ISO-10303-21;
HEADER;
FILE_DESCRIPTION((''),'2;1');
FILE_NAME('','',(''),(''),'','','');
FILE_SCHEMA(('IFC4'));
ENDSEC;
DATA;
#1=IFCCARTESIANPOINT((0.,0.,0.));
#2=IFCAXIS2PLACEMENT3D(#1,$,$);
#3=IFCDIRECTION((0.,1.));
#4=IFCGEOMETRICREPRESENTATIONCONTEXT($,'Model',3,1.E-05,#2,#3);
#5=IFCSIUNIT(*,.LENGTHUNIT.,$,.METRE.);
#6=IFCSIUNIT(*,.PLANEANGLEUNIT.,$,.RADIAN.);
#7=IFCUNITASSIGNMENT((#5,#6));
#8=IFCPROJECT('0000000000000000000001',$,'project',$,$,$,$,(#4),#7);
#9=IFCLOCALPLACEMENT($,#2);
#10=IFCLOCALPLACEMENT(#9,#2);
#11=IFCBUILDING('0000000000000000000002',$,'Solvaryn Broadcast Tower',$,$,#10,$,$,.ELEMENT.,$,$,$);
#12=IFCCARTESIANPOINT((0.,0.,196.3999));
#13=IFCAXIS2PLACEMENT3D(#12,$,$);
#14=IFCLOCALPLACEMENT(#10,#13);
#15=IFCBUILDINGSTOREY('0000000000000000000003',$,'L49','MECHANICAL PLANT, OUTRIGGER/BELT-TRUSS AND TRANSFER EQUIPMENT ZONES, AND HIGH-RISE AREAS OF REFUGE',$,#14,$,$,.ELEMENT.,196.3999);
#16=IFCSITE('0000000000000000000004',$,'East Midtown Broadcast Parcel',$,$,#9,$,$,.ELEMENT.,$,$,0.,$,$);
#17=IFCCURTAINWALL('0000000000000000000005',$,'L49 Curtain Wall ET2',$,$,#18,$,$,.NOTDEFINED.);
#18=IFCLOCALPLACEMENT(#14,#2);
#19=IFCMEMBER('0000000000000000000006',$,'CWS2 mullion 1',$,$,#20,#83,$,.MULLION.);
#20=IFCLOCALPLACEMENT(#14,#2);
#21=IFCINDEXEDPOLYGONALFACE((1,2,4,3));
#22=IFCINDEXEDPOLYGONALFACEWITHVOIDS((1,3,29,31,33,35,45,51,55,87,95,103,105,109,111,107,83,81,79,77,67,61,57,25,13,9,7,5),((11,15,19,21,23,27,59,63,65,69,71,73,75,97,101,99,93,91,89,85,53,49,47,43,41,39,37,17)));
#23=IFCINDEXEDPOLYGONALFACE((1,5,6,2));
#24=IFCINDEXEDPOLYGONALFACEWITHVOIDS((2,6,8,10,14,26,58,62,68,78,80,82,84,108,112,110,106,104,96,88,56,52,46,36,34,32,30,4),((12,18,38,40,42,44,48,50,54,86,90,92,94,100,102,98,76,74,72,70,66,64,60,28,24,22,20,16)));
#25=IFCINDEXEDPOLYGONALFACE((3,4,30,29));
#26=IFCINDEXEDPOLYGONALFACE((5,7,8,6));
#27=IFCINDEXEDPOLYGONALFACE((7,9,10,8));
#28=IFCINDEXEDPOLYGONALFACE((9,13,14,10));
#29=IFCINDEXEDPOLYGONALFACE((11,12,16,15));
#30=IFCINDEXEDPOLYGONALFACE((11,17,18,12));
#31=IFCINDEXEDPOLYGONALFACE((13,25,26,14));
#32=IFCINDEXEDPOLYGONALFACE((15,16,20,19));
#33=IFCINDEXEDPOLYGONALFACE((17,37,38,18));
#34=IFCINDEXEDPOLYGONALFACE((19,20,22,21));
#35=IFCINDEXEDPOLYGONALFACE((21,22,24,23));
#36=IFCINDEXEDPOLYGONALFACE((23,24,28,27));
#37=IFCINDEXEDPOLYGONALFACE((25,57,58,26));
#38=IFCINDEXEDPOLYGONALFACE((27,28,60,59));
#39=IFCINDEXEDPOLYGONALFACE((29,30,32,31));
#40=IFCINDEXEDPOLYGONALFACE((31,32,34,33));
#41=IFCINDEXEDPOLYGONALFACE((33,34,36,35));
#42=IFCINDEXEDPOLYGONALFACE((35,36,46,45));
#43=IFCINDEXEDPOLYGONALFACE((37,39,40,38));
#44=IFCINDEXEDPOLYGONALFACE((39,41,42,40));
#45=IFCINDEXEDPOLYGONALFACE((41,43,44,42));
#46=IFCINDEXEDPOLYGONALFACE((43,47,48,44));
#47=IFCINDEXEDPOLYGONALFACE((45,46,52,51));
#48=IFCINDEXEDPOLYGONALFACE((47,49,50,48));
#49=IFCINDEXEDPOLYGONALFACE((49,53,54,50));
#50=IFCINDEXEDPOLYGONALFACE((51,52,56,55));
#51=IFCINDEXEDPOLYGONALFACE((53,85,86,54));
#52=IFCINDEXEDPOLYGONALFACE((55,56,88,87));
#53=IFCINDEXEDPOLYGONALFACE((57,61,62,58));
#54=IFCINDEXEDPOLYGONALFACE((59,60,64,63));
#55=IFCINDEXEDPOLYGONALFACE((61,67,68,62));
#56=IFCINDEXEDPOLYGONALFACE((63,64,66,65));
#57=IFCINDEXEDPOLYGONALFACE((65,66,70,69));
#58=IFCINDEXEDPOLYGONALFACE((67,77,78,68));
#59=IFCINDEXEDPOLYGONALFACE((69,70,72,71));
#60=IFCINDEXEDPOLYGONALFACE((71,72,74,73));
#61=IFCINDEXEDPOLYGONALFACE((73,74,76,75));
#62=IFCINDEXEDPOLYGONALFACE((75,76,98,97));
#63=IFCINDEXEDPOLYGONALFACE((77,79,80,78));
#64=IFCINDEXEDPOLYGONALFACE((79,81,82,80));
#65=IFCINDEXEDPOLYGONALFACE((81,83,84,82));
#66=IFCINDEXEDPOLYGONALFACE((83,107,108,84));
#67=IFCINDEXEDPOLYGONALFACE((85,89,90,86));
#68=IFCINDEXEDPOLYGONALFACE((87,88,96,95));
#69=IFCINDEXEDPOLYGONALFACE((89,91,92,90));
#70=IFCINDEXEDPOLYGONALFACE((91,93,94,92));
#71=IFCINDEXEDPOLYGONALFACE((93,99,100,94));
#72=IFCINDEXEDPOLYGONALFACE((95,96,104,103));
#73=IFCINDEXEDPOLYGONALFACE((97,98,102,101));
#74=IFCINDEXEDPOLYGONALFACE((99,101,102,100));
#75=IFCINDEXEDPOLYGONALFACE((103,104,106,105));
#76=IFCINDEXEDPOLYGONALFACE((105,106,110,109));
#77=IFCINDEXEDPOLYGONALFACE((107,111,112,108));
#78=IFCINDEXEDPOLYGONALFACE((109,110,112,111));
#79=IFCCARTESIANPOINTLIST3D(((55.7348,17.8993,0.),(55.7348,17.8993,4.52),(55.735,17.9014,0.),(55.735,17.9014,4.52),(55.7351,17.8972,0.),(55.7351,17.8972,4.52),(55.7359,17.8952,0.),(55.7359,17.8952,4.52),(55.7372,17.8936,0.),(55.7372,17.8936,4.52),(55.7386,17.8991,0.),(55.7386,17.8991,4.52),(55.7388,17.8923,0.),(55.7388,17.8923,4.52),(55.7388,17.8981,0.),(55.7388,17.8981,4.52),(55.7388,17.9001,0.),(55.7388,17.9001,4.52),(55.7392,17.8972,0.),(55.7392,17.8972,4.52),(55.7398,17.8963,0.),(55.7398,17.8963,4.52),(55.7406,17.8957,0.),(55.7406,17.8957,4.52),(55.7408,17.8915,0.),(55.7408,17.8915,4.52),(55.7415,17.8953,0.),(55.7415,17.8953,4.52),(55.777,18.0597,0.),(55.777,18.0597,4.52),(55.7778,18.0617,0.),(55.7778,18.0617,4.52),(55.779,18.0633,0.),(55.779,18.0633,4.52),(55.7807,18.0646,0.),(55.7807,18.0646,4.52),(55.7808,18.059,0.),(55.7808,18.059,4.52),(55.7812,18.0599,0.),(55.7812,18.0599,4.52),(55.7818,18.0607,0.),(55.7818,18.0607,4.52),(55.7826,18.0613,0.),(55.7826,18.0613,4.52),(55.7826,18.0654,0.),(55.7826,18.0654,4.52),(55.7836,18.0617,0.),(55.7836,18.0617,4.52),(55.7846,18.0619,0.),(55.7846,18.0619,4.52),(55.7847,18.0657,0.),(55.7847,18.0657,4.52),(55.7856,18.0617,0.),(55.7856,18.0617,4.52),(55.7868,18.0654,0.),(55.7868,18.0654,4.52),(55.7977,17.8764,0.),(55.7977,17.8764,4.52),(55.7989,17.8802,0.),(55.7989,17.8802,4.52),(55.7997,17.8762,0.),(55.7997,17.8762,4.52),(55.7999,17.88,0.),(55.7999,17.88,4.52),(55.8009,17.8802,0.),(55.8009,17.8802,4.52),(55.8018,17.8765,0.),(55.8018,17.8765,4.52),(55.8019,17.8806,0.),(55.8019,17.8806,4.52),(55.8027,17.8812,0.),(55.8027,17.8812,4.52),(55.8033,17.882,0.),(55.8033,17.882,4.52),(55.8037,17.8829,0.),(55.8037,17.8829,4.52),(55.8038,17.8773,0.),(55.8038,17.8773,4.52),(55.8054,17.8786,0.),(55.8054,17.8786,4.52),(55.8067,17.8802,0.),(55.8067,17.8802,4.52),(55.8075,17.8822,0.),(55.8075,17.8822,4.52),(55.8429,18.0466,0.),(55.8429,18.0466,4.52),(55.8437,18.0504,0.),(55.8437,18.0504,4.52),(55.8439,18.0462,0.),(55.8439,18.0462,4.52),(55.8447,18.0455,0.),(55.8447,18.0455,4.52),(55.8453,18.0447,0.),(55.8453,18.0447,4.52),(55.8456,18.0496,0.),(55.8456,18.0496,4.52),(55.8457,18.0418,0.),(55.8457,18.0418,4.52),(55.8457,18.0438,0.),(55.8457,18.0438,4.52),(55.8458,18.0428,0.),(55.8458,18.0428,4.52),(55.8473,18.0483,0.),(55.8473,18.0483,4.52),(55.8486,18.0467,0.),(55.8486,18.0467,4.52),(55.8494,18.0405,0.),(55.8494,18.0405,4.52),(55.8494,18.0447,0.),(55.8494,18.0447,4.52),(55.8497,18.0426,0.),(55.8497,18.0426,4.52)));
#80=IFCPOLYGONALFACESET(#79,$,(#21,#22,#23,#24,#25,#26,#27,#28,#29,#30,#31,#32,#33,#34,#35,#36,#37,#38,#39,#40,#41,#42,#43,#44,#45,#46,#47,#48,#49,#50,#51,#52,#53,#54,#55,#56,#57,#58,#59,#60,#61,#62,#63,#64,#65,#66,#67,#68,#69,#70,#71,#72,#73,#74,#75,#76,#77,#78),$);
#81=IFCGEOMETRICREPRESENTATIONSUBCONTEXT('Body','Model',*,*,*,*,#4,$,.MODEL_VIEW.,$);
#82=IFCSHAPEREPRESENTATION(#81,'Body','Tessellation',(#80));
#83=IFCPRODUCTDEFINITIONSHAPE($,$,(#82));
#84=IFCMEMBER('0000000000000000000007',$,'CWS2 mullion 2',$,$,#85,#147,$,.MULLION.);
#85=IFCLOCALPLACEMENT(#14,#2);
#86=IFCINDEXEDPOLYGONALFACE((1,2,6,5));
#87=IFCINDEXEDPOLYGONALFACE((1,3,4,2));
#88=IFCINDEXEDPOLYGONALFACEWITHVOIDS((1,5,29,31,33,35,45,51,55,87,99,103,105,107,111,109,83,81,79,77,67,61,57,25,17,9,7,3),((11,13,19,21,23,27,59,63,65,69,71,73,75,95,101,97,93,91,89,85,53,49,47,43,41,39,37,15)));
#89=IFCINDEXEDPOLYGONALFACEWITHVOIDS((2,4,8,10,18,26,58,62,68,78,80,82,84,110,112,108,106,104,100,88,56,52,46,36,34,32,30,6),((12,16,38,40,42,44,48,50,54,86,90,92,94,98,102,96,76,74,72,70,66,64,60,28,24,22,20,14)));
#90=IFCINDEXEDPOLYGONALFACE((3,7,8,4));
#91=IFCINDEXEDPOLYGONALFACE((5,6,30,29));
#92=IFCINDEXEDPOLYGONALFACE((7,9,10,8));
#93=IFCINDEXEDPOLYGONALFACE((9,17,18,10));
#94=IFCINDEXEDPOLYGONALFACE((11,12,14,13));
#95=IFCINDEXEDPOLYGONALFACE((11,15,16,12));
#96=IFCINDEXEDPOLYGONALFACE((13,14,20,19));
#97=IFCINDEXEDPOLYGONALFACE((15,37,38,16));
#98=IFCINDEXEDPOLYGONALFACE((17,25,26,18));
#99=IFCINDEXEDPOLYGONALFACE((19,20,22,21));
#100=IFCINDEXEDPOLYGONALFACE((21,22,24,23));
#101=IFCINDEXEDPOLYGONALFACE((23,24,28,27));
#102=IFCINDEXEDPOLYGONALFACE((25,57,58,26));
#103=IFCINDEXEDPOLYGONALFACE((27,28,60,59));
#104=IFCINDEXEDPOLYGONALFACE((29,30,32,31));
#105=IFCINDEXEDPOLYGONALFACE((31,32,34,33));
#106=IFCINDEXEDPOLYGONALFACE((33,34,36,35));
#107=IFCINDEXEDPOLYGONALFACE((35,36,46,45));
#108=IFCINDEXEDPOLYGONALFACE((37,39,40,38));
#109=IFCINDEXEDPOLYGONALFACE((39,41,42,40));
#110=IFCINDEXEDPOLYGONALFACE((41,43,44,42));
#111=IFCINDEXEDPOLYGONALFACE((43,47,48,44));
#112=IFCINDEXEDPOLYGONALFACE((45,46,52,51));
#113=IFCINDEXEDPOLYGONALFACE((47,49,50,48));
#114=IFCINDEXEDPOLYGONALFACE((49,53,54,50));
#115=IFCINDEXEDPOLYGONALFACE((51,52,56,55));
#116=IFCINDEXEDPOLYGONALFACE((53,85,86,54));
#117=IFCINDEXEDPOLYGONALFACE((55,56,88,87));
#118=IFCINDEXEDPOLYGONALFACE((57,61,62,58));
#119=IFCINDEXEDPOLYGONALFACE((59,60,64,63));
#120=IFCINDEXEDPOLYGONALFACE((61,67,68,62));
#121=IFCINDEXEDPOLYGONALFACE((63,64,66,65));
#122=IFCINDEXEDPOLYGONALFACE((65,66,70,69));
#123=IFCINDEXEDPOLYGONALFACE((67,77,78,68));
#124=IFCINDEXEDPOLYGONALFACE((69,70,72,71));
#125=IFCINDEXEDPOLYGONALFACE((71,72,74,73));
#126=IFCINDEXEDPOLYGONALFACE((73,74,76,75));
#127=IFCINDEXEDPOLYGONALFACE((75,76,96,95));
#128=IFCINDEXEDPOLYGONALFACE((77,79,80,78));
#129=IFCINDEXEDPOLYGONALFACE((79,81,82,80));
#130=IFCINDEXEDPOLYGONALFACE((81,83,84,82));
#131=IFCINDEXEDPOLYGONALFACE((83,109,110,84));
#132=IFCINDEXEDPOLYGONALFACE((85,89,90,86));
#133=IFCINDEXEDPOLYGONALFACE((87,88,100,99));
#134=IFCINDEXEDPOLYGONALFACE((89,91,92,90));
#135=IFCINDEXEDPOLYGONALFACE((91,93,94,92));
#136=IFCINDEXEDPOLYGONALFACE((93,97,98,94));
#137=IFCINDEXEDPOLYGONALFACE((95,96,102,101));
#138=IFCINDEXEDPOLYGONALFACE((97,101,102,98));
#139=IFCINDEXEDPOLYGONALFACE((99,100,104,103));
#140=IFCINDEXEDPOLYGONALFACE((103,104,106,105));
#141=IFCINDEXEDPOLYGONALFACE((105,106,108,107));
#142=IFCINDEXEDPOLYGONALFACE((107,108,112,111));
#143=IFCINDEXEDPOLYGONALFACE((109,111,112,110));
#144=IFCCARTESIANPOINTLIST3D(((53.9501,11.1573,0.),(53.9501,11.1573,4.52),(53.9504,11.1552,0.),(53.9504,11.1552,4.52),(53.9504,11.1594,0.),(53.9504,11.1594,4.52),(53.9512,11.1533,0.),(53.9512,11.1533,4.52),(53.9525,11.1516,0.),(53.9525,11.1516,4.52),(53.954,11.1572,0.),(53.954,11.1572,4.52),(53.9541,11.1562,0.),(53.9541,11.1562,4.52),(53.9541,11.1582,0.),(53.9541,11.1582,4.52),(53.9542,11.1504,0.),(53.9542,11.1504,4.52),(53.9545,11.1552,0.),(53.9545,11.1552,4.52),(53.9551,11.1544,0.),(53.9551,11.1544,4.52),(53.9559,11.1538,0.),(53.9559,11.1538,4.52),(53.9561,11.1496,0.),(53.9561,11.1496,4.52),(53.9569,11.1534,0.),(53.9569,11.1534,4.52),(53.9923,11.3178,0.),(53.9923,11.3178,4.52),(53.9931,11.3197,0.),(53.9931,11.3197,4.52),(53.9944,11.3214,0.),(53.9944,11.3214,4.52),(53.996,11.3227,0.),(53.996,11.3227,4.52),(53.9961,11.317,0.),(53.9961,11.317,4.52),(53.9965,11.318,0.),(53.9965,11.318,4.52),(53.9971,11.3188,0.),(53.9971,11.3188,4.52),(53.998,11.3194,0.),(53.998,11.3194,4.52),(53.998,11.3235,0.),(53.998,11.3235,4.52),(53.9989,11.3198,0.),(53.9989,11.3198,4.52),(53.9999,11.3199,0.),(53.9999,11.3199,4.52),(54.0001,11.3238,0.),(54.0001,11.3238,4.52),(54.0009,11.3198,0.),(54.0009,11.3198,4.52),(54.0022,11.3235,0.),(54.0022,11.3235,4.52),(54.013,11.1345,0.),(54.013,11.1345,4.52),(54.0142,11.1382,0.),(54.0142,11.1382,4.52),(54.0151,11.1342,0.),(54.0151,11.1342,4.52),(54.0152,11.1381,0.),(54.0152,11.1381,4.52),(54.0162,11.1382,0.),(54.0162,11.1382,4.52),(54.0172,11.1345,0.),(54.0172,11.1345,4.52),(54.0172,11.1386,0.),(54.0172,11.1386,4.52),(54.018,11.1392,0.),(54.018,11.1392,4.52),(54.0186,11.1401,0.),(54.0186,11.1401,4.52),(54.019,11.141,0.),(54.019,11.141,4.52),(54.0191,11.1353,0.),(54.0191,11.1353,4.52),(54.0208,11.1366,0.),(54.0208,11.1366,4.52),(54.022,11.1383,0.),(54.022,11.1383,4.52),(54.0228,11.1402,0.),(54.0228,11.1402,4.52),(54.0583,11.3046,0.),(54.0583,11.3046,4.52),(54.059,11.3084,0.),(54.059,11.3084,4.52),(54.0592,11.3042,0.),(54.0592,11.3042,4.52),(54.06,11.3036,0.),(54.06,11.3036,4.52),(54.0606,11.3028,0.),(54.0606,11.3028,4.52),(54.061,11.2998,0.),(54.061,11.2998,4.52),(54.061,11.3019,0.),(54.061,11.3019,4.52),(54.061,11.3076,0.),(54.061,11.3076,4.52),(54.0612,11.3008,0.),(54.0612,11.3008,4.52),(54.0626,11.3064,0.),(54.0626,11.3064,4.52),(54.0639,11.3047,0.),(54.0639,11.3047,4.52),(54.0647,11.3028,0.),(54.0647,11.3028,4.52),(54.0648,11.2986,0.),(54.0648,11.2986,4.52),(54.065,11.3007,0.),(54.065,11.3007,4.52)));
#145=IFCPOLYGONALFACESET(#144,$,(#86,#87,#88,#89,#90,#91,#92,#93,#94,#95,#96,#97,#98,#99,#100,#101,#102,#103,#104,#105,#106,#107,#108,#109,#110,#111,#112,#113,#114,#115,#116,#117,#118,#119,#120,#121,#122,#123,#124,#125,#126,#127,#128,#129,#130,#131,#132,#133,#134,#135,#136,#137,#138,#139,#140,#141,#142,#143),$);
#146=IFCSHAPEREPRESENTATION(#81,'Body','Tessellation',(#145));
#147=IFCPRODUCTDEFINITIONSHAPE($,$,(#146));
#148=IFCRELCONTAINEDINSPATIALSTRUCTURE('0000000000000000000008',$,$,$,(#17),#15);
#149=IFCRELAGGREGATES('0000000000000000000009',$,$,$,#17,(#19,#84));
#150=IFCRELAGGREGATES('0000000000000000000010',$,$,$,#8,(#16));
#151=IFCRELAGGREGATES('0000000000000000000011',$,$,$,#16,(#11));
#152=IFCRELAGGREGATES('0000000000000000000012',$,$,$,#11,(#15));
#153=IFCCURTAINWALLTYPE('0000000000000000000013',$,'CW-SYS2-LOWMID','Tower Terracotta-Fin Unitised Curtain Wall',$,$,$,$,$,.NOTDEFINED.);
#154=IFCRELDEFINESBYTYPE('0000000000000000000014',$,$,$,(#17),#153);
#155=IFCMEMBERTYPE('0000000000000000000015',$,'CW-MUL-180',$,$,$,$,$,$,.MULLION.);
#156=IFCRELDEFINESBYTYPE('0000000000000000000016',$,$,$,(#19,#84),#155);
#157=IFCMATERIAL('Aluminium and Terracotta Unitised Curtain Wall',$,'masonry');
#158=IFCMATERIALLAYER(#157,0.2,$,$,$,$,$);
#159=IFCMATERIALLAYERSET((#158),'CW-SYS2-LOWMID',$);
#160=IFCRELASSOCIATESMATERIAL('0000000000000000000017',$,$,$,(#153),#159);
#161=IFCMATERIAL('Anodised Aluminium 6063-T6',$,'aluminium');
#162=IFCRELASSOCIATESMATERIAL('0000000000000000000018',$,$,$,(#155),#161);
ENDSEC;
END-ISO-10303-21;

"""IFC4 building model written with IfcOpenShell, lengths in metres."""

from ifc_helpers import new_model, si_unit, direction, frame, origin, origin_2d, place, context, subcontext, project, spatial, hollow_rectangle, extrude, material, layer, layer_set, material_profile, profile_set, type_object, element, aggregate, save


model = new_model("IFC4")

# Units and contexts
model_context = context("Model", 3, precision=1e-05, world=origin(), true_north=direction((0.0, 1.0)))
body_context = subcontext(model_context, "Body", "Model", "MODEL_VIEW")
ifc_project = project(units=[si_unit("LENGTHUNIT", "METRE"), si_unit("PLANEANGLEUNIT", "RADIAN")], contexts=[model_context])

# Site, building, storey
site_placement = place(None, origin())
site = spatial("IfcSite", under=ifc_project, at=site_placement, Name="East Midtown Broadcast Parcel", CompositionType="ELEMENT", RefElevation=0.0)
building_placement = place(site_placement, origin())
building = spatial("IfcBuilding", under=site, at=building_placement, Name="Solvaryn Broadcast Tower", CompositionType="ELEMENT")
storey_placement = place(building_placement, frame((0.0, 0.0, 196.3999)))
storey = spatial("IfcBuildingStorey", under=building, at=storey_placement, Name="L49", Description="MECHANICAL PLANT, OUTRIGGER/BELT-TRUSS AND TRANSFER EQUIPMENT ZONES, AND HIGH-RISE AREAS OF REFUGE", CompositionType="ELEMENT", Elevation=196.3999)

# Shared definitions
ifc_material_1 = material(Name="Aluminium and Terracotta Unitised Curtain Wall", Category="masonry")
ifc_layer_1 = layer(ifc_material_1, 0.2)
ifc_layer_set_1 = layer_set([ifc_layer_1], Name="CW-SYS2-LOWMID")
curtain_wall_type = type_object("IfcCurtainWallType", Name="CW-SYS2-LOWMID", Description="Tower Terracotta-Fin Unitised Curtain Wall", PredefinedType="NOTDEFINED", material=ifc_layer_set_1)
ifc_material_2 = material(Name="Anodised Aluminium 6063-T6", Category="aluminium")
ifc_material_profile_1 = material_profile(ifc_material_2, hollow_rectangle(XDim=0.075, YDim=0.1799, WallThickness=0.0039, InnerFilletRadius=0.0039, OuterFilletRadius=0.0081, at=origin_2d()))
ifc_profile_set_1 = profile_set([ifc_material_profile_1], Name="Anodised Aluminium 6063-T6")
member_type_1 = type_object("IfcMemberType", Name="CW-MUL-180", PredefinedType="MULLION", material=ifc_profile_set_1)

# Curtain wall, members
curtain_wall_1_placement = place(storey_placement, origin())
curtain_wall_1 = element("IfcCurtainWall", 1, at=curtain_wall_1_placement, inside=storey, type_object=curtain_wall_type, Name="L49 Curtain Wall ET2", PredefinedType="NOTDEFINED")
member_1_placement = place(storey_placement, frame((55.7922, 17.9709, 0.0), z_axis=(0.0, 0.0, 1.0), x_axis=(0.966705, -0.255893, 0.0)))
member_1 = element("IfcMember", 2, at=member_1_placement, type_object=member_type_1, Name="CWS2 mullion 1", PredefinedType="MULLION", context=body_context, shape_type="SweptSolid", body=[
    extrude(hollow_rectangle(XDim=0.075, YDim=0.1799, WallThickness=0.0039, InnerFilletRadius=0.0039, OuterFilletRadius=0.0081, at=origin_2d()), origin(), (0.0, 0.0, 1.0), 4.52),
])
member_2_placement = place(storey_placement, frame((54.0076, 11.229, 0.0), z_axis=(0.0, 0.0, 1.0), x_axis=(0.966705, -0.255893, 0.0)))
member_2 = element("IfcMember", 3, at=member_2_placement, type_object=member_type_1, Name="CWS2 mullion 2", PredefinedType="MULLION", context=body_context, shape_type="SweptSolid", body=[
    extrude(hollow_rectangle(XDim=0.075, YDim=0.1799, WallThickness=0.0039, InnerFilletRadius=0.0039, OuterFilletRadius=0.0081, at=origin_2d()), origin(), (0.0, 0.0, 1.0), 4.52),
])

aggregate(curtain_wall_1, [member_1, member_2])

save(model, "model.ifc")
